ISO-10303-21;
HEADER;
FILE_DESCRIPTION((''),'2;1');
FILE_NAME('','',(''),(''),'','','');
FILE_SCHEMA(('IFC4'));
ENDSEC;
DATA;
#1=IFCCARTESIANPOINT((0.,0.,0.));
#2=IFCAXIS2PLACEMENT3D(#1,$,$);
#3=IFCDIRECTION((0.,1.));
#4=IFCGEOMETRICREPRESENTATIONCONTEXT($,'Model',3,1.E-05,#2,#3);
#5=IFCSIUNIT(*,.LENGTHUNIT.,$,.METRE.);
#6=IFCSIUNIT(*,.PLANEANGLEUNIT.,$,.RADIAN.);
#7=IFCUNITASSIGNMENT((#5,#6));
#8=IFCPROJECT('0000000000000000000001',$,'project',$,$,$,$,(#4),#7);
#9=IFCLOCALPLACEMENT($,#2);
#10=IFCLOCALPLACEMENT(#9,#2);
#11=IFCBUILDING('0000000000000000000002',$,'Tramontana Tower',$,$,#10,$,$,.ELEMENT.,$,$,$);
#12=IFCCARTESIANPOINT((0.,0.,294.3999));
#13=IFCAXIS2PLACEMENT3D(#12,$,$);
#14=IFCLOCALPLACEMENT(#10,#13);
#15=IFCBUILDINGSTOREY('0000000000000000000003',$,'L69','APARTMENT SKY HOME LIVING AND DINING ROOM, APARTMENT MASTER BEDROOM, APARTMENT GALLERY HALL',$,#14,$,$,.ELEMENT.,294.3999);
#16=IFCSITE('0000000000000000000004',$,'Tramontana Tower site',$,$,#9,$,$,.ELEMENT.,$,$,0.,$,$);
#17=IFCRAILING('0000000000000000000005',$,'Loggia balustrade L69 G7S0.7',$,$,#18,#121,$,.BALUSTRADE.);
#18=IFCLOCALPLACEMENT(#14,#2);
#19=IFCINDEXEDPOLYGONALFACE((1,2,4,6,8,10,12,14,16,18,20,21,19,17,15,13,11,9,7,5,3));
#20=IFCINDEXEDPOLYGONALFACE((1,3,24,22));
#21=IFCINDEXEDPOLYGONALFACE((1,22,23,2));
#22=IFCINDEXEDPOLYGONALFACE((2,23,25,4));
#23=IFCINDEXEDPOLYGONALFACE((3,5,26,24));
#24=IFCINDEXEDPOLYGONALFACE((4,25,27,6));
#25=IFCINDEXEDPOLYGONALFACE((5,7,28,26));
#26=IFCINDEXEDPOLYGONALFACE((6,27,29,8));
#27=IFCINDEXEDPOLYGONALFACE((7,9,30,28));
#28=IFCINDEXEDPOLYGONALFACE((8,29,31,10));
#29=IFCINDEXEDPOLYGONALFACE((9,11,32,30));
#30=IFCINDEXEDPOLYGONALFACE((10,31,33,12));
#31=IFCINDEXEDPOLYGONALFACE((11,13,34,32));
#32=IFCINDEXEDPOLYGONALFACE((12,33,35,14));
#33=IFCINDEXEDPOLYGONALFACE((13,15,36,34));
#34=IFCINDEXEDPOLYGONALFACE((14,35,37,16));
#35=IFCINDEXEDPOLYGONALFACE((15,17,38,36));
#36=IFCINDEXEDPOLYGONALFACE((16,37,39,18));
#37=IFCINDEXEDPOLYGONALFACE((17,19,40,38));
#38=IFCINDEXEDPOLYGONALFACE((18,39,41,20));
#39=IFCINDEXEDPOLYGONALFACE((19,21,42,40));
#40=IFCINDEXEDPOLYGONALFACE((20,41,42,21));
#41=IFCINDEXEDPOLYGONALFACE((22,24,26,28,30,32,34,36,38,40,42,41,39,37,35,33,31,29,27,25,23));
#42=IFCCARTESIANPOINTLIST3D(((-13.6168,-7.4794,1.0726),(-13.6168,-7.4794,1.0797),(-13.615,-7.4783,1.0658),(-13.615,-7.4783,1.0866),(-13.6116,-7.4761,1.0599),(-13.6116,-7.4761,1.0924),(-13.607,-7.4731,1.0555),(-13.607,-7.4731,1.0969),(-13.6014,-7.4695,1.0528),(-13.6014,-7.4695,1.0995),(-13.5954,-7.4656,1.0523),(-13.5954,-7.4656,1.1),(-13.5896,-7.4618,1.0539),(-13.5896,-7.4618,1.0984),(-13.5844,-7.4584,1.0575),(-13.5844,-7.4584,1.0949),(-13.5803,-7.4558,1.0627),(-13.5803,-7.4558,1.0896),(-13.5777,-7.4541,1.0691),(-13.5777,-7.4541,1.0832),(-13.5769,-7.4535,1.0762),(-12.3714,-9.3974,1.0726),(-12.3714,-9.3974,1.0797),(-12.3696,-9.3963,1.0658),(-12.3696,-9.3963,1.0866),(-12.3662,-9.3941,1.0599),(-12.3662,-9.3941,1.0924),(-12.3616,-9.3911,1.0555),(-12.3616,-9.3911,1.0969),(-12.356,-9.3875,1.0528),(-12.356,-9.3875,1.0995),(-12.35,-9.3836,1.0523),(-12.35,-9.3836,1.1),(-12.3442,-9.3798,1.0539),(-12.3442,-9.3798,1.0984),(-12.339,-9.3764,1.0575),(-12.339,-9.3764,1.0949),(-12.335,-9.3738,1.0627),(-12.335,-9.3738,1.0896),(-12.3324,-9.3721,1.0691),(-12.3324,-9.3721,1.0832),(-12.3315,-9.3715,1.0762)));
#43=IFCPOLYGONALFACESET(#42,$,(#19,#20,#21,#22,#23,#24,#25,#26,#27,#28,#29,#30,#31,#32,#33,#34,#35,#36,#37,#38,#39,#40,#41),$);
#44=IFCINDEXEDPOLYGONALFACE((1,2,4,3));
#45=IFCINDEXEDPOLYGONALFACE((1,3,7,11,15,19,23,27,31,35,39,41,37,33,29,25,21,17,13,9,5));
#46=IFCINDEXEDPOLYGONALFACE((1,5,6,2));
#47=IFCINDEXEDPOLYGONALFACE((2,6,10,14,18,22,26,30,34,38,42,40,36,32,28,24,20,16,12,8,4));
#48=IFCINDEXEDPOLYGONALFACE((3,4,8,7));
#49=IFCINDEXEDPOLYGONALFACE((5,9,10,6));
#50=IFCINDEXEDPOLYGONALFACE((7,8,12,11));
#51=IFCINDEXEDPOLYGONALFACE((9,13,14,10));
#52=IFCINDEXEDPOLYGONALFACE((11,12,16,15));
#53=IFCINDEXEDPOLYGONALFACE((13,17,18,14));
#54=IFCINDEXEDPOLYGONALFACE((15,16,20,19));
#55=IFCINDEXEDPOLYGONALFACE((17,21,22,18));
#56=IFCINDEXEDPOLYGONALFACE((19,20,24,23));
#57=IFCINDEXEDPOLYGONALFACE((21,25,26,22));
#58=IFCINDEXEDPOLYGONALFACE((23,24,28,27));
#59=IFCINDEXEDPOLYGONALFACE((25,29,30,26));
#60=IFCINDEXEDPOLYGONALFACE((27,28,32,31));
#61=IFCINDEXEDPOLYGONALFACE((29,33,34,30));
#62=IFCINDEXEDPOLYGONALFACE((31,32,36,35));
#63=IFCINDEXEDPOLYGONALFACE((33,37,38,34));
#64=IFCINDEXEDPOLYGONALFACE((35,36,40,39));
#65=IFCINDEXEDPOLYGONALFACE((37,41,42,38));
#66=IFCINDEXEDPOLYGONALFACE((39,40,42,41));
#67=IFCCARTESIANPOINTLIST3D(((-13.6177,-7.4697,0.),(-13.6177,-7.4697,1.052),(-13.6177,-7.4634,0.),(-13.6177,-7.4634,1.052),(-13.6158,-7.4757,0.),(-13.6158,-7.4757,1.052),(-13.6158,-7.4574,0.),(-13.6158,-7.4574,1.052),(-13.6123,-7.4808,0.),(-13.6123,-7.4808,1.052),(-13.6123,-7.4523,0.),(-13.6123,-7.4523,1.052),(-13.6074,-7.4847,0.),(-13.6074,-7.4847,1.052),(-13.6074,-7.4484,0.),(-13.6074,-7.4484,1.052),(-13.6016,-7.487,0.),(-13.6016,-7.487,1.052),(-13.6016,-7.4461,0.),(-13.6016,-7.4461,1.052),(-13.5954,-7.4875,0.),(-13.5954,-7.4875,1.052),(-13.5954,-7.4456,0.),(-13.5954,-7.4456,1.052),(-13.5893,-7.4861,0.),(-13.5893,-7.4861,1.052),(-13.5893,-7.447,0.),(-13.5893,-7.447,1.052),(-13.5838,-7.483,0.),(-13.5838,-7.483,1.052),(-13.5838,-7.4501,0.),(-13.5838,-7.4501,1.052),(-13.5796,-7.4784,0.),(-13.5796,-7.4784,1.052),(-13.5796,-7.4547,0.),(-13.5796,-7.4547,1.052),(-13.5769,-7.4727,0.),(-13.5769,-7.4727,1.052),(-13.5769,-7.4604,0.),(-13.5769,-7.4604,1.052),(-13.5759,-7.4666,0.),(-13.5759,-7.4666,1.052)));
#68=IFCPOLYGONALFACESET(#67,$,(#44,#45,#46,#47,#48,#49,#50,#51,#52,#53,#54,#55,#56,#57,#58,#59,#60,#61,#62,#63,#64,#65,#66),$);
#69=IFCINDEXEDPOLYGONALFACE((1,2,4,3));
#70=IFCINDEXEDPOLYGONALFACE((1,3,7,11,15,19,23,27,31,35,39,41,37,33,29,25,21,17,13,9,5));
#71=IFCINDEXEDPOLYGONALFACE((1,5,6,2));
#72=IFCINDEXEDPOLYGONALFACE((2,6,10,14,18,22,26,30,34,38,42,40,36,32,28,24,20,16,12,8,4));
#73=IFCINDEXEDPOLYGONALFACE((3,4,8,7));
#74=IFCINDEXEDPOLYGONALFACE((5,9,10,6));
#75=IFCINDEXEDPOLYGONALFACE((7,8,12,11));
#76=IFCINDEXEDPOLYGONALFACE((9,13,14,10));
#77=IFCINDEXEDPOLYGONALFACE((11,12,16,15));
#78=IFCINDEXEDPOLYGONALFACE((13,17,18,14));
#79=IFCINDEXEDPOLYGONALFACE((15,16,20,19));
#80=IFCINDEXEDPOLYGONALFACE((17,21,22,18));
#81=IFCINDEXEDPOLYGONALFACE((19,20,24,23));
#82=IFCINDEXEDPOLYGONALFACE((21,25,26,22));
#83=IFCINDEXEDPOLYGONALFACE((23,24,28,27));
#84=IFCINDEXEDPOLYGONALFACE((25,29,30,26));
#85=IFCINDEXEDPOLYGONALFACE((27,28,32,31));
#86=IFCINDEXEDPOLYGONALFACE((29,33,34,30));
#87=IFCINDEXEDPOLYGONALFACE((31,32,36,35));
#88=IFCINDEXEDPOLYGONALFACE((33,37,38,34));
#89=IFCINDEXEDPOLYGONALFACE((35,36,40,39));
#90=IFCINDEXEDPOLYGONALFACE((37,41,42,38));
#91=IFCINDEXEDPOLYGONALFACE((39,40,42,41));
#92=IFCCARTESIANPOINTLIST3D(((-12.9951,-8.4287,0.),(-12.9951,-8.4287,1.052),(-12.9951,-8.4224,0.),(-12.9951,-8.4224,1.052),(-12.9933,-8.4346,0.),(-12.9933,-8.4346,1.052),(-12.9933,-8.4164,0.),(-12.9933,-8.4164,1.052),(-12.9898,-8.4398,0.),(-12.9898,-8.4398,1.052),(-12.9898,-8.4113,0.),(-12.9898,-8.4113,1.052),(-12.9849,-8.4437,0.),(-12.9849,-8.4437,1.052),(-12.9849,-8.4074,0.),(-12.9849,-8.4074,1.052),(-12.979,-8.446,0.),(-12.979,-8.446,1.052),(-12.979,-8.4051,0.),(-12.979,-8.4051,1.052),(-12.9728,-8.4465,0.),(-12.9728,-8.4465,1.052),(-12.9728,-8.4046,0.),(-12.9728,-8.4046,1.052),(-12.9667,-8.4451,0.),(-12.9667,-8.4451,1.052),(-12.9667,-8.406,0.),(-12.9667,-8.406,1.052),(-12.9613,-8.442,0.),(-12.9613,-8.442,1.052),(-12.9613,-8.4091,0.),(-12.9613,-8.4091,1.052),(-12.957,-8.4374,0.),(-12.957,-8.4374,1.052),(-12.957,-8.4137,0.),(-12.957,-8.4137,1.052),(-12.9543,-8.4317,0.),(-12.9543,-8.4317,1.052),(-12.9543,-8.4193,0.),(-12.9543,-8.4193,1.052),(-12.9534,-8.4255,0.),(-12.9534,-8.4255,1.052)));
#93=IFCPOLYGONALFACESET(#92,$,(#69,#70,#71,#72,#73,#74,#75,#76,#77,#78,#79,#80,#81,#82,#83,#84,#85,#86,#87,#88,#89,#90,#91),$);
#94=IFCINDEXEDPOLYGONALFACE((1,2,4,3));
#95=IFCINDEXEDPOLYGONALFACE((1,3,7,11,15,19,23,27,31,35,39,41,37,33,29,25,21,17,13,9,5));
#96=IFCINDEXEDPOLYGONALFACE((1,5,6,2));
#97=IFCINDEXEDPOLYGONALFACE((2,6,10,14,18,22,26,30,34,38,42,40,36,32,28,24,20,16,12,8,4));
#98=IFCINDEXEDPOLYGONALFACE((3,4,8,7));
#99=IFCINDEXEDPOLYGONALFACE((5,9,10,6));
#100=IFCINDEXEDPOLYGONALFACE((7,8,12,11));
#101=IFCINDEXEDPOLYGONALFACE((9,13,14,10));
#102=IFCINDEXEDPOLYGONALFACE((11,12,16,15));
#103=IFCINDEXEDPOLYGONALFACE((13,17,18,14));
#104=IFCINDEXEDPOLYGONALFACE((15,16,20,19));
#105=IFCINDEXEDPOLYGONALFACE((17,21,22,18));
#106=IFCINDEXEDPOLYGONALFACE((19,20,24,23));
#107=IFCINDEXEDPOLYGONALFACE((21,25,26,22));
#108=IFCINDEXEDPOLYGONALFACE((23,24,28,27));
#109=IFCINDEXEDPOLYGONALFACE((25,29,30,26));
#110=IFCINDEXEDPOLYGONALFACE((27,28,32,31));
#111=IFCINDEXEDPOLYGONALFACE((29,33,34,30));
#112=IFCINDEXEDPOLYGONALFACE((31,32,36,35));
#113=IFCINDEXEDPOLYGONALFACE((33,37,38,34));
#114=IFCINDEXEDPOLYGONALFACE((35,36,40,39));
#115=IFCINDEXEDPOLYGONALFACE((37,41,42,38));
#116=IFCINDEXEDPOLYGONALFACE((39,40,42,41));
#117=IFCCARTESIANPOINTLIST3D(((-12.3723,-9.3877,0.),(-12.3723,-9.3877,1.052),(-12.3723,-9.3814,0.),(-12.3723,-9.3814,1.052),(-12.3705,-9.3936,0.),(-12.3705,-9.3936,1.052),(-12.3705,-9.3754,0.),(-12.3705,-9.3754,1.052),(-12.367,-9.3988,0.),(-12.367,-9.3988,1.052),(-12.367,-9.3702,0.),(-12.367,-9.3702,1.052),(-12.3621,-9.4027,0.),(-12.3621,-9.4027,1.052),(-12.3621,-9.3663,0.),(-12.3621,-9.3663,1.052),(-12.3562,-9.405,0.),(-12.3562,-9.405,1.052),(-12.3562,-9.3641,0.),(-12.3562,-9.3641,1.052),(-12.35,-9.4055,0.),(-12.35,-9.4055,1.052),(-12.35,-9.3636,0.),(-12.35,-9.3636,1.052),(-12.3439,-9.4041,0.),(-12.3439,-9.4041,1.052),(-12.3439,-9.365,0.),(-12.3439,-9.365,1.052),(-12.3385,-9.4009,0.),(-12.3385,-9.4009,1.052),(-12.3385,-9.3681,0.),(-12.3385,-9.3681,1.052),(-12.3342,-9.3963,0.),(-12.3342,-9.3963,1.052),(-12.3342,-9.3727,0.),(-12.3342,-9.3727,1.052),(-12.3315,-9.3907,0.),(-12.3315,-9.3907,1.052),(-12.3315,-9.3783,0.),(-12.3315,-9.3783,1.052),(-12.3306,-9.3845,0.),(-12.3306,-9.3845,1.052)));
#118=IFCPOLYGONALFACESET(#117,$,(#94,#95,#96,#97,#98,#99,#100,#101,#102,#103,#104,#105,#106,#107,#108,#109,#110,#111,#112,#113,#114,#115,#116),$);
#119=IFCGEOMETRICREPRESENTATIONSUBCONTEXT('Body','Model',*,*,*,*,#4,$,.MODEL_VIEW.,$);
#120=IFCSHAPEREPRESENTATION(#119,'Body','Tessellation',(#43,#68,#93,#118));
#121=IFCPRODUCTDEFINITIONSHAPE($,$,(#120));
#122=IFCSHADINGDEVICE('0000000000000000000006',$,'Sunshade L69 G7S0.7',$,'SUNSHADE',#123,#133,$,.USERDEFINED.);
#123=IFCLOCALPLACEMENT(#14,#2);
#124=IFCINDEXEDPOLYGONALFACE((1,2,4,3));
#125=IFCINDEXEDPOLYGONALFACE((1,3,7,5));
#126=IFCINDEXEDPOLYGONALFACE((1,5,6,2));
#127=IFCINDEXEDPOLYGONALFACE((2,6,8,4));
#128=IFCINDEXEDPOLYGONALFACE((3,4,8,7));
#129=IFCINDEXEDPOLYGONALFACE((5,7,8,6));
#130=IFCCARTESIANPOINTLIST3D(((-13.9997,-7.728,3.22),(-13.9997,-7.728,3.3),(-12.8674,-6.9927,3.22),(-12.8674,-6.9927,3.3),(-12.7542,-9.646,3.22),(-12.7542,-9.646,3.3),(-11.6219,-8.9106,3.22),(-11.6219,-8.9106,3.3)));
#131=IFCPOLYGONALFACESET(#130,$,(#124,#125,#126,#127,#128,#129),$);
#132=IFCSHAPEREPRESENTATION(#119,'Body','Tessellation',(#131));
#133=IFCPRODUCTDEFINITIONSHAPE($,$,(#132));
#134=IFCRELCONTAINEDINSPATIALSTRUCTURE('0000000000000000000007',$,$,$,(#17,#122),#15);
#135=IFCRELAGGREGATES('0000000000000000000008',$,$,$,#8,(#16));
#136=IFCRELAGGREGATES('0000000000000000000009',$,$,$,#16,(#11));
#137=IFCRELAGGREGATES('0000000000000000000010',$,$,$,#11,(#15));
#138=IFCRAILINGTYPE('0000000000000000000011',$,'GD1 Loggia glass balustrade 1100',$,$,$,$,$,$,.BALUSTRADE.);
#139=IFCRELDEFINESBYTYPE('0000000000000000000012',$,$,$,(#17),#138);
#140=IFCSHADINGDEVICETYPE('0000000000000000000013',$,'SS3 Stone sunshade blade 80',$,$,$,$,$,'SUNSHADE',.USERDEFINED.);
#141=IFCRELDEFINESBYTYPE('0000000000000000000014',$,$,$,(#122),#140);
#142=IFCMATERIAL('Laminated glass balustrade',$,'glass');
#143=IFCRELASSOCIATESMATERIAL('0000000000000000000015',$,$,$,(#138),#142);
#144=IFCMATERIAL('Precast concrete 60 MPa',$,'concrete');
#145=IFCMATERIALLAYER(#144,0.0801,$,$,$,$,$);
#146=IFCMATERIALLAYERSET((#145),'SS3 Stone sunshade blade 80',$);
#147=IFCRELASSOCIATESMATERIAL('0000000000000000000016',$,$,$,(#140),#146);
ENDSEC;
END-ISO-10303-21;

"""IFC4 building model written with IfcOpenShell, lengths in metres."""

from ifc_helpers import new_model, si_unit, direction, frame, origin, origin_2d, place, context, subcontext, project, spatial, rectangle, circle, extrude, material, layer, layer_set, type_object, element, save


model = new_model("IFC4")

# Units and contexts
model_context = context("Model", 3, precision=1e-05, world=origin(), true_north=direction((0.0, 1.0)))
body_context = subcontext(model_context, "Body", "Model", "MODEL_VIEW")
ifc_project = project(units=[si_unit("LENGTHUNIT", "METRE"), si_unit("PLANEANGLEUNIT", "RADIAN")], contexts=[model_context])

# Site, building, storey
site_placement = place(None, origin())
site = spatial("IfcSite", under=ifc_project, at=site_placement, Name="Tramontana Tower site", CompositionType="ELEMENT", RefElevation=0.0)
building_placement = place(site_placement, origin())
building = spatial("IfcBuilding", under=site, at=building_placement, Name="Tramontana Tower", CompositionType="ELEMENT")
storey_placement = place(building_placement, frame((0.0, 0.0, 294.3999)))
storey = spatial("IfcBuildingStorey", under=building, at=storey_placement, Name="L69", Description="APARTMENT SKY HOME LIVING AND DINING ROOM, APARTMENT MASTER BEDROOM, APARTMENT GALLERY HALL", CompositionType="ELEMENT", Elevation=294.3999)

# Railing
ifc_material_1 = material(Name="Laminated glass balustrade", Category="glass")
railing_type = type_object("IfcRailingType", Name="GD1 Loggia glass balustrade 1100", PredefinedType="BALUSTRADE", material=ifc_material_1)
railing_placement = place(storey_placement, frame((-13.5969, -7.4666, 0.0)))
element("IfcRailing", 1, at=railing_placement, inside=storey, type_object=railing_type, Name="Loggia balustrade L69 G7S0.7", PredefinedType="BALUSTRADE", context=body_context, shape_type="SweptSolid", body=[
    extrude(circle(Radius=0.0239, at=origin_2d()), frame((0.0, 0.0, 1.0762), z_axis=(0.544583, -0.838707, 0.0), x_axis=(0.838707, 0.544583, 0.0)), (0.0, 0.0, 1.0), 2.2869),
    extrude(circle(Radius=0.021, at=origin_2d()), origin(), (0.0, 0.0, 1.0), 1.052),
    extrude(circle(Radius=0.021, at=origin_2d()), frame((0.6226, -0.959, 0.0)), (0.0, 0.0, 1.0), 1.052),
    extrude(circle(Radius=0.021, at=origin_2d()), frame((1.2454, -1.918, 0.0)), (0.0, 0.0, 1.0), 1.052),
])

# Shading device
ifc_material_2 = material(Name="Precast concrete 60 MPa", Category="concrete")
ifc_layer_1 = layer(ifc_material_2, 0.0801)
ifc_layer_set_1 = layer_set([ifc_layer_1], Name="SS3 Stone sunshade blade 80")
shading_device_type = type_object("IfcShadingDeviceType", Name="SS3 Stone sunshade blade 80", ElementType="SUNSHADE", PredefinedType="USERDEFINED", material=ifc_layer_set_1)
shading_device_placement = place(storey_placement, frame((-12.8108, -8.3193, 3.22), z_axis=(0.0, 0.0, 1.0), x_axis=(0.544639, -0.838671, 0.0)))
element("IfcShadingDevice", 2, at=shading_device_placement, inside=storey, type_object=shading_device_type, Name="Sunshade L69 G7S0.7", ObjectType="SUNSHADE", PredefinedType="USERDEFINED", context=body_context, shape_type="SweptSolid", body=[
    extrude(rectangle(XDim=2.2869, YDim=1.3501, at=origin_2d()), origin(), (0.0, 0.0, 1.0), 0.0801),
])

save(model, "model.ifc")
